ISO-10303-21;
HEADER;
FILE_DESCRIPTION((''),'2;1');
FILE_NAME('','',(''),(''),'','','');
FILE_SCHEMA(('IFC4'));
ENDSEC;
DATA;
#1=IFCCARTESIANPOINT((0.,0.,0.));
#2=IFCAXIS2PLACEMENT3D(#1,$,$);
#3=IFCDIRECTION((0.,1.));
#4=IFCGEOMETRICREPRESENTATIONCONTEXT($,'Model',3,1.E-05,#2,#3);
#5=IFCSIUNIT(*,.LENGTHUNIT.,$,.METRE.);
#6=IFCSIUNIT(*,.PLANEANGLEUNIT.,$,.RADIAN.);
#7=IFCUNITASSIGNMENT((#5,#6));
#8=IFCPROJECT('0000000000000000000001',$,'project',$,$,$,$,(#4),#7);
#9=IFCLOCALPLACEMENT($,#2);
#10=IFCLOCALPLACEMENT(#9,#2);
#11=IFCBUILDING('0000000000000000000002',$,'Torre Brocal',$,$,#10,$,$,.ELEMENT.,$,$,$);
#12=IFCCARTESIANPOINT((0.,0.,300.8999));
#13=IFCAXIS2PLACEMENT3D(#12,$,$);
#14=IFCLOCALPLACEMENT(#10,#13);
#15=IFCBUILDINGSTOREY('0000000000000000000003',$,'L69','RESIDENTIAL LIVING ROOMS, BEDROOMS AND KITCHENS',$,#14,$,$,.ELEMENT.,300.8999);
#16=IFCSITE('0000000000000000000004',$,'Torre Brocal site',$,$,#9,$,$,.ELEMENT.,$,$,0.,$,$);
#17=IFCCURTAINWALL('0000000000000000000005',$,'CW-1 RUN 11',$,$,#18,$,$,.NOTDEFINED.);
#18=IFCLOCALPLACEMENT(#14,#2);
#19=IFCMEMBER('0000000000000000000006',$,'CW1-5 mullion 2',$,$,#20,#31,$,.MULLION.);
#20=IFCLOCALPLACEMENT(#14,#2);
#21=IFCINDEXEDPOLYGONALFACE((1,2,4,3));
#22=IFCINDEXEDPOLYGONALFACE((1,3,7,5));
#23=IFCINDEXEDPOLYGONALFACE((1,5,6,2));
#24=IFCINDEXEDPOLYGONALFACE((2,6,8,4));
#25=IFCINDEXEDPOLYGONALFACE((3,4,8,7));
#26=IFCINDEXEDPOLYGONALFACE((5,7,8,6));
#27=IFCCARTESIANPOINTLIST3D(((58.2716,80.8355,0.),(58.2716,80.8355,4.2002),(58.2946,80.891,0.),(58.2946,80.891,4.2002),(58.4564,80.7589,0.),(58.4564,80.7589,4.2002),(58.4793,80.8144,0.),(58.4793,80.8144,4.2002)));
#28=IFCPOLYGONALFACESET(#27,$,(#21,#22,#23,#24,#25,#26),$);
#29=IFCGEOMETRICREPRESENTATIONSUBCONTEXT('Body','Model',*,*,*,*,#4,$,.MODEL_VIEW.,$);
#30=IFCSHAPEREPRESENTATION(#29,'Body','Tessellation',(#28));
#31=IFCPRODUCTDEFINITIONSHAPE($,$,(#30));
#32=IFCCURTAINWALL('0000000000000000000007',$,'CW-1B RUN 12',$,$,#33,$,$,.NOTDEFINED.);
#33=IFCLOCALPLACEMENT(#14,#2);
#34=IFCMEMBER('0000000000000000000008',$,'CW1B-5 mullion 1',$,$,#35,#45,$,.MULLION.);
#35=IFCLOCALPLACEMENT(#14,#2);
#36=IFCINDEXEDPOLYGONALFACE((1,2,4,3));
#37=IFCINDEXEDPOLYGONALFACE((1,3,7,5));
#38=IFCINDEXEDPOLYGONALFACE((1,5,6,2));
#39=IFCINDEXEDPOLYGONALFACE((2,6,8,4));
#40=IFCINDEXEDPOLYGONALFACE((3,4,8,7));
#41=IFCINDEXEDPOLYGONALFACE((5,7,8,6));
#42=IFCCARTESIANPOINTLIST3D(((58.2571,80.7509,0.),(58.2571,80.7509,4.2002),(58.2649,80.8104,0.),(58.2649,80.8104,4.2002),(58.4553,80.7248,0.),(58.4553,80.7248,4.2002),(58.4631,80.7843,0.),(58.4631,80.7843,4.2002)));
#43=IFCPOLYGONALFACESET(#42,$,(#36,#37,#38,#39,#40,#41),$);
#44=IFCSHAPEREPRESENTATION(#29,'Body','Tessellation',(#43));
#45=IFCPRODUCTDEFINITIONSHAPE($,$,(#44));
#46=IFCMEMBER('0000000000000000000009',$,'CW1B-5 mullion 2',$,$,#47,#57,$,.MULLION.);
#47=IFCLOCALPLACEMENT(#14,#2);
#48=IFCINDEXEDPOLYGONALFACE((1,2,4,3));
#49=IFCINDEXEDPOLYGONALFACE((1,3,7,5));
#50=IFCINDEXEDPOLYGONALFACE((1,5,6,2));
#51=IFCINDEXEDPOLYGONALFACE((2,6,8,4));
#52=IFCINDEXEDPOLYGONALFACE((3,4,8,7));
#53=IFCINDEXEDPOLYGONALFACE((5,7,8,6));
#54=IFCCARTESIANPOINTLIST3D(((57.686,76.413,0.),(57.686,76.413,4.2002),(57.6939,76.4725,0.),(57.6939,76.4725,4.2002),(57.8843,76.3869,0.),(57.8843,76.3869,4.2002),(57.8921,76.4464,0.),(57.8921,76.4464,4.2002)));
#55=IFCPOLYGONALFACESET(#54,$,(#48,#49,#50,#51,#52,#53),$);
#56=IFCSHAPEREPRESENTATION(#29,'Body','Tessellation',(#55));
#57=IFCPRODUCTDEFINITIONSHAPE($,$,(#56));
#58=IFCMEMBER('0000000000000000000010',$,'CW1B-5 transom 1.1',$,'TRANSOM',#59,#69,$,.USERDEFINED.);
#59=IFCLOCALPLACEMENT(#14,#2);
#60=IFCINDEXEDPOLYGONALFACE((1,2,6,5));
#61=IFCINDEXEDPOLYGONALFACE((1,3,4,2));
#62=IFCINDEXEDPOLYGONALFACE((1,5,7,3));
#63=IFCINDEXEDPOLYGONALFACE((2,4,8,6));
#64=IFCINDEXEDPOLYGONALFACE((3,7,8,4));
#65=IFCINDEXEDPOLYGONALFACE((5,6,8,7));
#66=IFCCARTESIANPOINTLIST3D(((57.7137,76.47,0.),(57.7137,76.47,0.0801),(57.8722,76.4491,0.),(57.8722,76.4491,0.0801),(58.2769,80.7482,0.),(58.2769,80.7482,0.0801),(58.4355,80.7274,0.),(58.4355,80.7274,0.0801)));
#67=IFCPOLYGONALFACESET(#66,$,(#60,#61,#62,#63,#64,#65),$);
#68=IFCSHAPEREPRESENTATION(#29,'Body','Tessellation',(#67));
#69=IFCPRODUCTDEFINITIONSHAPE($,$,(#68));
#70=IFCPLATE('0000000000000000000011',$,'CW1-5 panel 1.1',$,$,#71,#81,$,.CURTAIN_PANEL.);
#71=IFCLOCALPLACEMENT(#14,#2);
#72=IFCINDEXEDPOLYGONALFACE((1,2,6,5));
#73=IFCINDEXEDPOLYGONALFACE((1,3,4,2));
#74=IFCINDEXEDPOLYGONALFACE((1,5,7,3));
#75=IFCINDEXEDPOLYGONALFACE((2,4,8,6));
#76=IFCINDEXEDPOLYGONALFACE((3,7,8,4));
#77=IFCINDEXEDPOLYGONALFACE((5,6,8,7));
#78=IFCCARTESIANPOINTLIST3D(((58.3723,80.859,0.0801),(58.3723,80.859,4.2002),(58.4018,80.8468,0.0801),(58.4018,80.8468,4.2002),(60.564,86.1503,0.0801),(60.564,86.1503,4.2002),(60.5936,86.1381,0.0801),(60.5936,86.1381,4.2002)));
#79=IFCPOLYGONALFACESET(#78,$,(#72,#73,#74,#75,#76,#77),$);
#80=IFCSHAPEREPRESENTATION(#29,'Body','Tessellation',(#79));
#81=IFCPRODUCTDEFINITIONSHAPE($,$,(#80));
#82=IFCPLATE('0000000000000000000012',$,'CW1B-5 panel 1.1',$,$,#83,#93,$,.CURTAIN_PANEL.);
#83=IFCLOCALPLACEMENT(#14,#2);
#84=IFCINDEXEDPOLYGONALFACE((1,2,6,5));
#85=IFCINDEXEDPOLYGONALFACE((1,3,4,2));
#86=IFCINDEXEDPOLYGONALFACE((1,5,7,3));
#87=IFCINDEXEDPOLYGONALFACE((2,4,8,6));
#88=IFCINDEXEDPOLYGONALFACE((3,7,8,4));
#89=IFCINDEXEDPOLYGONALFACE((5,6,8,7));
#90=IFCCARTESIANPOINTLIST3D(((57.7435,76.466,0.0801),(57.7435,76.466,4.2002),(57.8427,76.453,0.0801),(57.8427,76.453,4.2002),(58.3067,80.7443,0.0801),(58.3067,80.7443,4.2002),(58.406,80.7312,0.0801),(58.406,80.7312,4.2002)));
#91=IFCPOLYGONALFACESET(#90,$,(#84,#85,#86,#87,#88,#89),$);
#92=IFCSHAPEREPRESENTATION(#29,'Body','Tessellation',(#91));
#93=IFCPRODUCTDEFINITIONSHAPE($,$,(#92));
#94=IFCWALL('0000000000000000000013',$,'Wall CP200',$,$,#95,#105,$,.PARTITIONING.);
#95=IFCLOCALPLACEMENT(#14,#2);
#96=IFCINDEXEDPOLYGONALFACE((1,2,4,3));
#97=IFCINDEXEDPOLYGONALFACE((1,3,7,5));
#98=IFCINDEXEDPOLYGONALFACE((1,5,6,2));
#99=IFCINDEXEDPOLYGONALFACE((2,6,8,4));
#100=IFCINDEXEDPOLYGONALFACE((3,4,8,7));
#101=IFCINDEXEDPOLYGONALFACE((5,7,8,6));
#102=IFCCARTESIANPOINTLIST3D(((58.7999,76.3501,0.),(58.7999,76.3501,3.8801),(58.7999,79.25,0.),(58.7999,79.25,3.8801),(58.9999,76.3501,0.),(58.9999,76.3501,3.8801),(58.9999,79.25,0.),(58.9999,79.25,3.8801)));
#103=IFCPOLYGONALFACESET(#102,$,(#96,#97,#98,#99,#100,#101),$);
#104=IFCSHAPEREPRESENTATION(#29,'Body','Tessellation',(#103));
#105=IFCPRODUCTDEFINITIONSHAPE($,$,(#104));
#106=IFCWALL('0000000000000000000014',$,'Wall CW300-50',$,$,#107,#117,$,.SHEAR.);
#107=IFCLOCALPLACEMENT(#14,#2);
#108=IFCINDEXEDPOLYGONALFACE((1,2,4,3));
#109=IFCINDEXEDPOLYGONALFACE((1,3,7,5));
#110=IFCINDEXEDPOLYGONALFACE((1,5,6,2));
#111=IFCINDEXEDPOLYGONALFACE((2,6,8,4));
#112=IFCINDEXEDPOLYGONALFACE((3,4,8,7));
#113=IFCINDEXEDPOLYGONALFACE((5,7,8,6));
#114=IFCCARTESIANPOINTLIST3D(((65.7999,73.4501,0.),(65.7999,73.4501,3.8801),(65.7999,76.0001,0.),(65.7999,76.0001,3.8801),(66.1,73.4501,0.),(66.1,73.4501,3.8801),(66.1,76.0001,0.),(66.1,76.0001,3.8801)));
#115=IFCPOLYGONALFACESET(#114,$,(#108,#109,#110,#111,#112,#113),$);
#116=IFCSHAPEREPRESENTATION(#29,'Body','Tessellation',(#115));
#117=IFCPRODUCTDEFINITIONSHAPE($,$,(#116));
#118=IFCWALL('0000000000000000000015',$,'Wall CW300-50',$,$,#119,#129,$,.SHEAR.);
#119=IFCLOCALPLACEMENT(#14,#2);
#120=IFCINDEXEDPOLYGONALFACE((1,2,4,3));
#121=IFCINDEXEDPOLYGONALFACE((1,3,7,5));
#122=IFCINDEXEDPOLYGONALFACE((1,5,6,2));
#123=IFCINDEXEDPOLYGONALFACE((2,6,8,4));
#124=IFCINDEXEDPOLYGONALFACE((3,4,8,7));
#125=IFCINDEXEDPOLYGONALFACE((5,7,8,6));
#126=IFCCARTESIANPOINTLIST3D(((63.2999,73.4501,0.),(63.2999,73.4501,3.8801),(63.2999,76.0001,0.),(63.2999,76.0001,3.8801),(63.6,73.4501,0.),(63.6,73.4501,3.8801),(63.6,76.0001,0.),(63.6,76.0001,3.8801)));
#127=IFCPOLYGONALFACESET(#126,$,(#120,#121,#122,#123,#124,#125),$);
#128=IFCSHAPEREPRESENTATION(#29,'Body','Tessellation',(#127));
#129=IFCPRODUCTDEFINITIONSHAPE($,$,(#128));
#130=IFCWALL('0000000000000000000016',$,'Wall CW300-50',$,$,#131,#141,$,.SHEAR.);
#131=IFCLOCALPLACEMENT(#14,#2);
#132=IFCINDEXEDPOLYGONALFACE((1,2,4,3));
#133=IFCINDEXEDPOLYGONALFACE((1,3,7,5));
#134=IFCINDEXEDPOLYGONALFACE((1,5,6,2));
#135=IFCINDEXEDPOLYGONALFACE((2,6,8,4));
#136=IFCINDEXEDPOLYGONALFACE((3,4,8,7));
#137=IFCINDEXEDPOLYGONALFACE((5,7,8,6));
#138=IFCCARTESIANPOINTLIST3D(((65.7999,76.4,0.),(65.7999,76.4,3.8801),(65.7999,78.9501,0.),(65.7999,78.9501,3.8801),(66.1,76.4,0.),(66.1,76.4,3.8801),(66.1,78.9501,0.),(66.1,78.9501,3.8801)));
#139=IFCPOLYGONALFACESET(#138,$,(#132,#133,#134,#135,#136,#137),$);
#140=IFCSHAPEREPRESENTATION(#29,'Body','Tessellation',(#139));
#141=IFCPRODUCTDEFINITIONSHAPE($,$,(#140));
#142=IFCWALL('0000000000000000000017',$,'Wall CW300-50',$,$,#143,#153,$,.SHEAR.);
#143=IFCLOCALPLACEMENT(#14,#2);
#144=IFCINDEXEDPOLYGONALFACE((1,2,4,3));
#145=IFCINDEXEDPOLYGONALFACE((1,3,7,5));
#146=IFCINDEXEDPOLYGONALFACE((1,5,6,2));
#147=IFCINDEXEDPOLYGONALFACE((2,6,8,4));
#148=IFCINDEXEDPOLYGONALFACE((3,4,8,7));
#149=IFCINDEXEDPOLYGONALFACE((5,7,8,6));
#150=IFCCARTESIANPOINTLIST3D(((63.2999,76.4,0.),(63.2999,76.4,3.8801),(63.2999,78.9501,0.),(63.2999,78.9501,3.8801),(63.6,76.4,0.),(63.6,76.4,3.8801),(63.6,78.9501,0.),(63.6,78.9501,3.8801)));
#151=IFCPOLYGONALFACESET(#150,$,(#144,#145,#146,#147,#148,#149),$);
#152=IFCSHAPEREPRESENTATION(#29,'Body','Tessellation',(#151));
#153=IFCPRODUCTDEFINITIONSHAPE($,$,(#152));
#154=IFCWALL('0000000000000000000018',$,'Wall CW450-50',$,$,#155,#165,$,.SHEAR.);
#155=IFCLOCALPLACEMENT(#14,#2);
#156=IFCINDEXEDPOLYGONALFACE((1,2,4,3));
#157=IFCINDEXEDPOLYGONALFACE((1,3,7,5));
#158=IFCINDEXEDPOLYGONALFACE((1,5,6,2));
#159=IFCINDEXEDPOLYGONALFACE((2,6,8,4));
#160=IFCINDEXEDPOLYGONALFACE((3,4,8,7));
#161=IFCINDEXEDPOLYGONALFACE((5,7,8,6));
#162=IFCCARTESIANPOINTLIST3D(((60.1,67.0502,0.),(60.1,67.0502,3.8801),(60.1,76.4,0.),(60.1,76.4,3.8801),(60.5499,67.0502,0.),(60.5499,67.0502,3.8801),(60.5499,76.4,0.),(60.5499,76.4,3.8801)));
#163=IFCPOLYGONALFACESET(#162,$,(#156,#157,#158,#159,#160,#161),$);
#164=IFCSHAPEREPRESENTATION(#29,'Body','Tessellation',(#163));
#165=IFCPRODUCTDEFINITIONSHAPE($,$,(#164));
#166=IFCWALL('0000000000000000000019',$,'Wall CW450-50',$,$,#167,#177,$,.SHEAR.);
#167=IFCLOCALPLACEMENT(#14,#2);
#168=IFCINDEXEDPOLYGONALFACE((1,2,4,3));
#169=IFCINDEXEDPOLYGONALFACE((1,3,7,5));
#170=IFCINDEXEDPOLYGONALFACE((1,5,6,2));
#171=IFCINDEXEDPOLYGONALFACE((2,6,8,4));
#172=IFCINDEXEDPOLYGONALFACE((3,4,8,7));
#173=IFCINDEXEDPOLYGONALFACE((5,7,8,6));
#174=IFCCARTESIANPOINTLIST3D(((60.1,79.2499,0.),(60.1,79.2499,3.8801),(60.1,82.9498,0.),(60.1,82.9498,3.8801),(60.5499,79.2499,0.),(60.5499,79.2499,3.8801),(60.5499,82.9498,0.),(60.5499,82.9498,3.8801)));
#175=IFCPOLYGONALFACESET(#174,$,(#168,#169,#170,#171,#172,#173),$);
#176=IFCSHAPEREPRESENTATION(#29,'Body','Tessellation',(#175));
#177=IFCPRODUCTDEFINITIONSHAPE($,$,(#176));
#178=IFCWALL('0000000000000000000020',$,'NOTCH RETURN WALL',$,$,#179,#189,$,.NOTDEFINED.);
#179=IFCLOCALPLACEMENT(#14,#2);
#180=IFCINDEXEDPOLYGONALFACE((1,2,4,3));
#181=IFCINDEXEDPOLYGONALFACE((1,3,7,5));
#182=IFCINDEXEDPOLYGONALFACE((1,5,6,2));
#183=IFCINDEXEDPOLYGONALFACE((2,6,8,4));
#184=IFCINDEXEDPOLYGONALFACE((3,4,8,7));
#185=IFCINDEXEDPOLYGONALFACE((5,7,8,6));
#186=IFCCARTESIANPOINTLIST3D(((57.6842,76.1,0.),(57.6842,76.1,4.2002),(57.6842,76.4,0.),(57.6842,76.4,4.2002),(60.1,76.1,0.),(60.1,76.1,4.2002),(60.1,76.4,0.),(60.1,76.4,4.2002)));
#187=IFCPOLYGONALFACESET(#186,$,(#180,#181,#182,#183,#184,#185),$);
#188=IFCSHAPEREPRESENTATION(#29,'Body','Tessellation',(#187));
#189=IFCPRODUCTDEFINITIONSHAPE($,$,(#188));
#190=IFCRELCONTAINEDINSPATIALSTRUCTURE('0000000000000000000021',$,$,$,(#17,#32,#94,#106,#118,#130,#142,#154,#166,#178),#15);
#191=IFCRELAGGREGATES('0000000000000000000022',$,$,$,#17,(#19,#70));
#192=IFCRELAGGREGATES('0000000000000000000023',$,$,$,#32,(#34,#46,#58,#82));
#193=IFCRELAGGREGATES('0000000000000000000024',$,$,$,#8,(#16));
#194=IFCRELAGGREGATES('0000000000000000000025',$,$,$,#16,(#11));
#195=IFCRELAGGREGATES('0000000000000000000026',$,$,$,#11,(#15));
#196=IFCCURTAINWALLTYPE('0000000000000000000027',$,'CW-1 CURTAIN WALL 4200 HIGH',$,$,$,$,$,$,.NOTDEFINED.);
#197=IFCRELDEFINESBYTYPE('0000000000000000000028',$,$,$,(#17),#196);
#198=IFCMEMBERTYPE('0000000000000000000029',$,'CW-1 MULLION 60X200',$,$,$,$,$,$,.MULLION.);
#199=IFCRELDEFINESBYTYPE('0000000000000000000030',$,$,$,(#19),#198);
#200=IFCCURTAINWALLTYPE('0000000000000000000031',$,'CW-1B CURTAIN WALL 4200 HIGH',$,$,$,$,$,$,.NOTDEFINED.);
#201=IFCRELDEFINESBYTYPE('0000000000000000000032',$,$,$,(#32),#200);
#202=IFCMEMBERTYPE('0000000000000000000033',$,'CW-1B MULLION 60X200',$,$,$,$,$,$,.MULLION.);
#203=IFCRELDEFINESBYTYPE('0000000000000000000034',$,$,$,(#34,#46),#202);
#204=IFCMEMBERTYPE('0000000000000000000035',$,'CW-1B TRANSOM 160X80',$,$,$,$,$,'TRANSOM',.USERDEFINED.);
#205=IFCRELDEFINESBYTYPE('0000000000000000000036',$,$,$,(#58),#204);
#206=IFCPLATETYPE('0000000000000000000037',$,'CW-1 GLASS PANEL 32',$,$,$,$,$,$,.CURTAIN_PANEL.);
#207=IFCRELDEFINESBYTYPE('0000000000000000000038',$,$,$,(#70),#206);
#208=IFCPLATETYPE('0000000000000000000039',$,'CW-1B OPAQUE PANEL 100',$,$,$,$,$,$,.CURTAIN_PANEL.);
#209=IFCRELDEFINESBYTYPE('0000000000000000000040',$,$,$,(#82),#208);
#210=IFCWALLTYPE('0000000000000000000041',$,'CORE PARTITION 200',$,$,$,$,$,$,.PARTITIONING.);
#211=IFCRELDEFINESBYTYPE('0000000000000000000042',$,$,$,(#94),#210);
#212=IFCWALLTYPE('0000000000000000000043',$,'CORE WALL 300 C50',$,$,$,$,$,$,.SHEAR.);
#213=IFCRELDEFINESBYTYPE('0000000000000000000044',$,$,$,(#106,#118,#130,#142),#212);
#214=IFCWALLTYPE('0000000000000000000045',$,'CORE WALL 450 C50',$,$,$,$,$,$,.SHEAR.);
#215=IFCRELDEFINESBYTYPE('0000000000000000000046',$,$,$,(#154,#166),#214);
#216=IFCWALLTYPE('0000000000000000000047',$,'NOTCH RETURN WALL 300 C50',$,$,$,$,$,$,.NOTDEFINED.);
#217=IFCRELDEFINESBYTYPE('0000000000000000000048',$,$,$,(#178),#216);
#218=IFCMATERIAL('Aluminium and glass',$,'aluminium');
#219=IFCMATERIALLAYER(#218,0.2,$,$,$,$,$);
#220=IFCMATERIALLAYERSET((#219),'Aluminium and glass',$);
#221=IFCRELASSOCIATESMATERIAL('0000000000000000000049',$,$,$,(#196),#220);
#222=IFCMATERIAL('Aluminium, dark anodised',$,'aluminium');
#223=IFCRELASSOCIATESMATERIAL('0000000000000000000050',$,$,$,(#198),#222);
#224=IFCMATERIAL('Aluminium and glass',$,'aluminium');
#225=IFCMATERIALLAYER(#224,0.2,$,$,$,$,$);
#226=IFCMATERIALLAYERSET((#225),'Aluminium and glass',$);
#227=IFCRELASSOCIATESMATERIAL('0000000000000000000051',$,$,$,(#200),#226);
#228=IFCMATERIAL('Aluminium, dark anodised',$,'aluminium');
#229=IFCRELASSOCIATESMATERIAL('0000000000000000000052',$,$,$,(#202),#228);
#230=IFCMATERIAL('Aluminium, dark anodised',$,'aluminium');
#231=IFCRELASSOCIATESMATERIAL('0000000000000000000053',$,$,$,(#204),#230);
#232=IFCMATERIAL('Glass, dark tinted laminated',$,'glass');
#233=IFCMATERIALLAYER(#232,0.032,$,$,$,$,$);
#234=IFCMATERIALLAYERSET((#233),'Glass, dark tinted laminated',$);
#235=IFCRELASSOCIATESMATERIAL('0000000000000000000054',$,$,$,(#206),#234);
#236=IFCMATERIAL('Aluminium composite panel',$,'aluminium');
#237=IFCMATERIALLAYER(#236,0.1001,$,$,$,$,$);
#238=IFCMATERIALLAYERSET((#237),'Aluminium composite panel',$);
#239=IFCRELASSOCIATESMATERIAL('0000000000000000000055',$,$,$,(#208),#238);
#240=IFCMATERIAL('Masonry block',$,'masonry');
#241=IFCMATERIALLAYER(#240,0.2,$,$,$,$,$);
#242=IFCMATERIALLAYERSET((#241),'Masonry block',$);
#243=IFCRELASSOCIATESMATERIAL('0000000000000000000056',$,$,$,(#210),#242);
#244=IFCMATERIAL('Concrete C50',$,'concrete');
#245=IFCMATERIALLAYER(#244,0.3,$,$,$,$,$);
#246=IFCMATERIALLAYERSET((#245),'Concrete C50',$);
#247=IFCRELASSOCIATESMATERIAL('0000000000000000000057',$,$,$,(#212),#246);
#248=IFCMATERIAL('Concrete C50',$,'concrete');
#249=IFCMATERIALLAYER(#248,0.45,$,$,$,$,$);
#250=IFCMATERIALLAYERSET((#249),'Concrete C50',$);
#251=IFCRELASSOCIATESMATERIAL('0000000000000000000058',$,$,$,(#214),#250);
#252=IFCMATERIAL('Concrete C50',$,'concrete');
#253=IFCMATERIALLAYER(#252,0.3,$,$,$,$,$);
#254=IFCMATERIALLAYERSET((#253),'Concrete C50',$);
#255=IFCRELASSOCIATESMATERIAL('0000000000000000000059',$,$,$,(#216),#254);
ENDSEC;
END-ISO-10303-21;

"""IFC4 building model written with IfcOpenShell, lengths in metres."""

from ifc_helpers import new_model, si_unit, direction, frame, frame_2d, origin, origin_2d, place, context, subcontext, project, spatial, rectangle, extrude, material, layer, layer_set, material_profile, profile_set, type_object, element, aggregate, save


model = new_model("IFC4")

# Units and contexts
model_context = context("Model", 3, precision=1e-05, world=origin(), true_north=direction((0.0, 1.0)))
body_context = subcontext(model_context, "Body", "Model", "MODEL_VIEW")
ifc_project = project(units=[si_unit("LENGTHUNIT", "METRE"), si_unit("PLANEANGLEUNIT", "RADIAN")], contexts=[model_context])

# Site, building, storey
site_placement = place(None, origin())
site = spatial("IfcSite", under=ifc_project, at=site_placement, Name="Torre Brocal site", CompositionType="ELEMENT", RefElevation=0.0)
building_placement = place(site_placement, origin())
building = spatial("IfcBuilding", under=site, at=building_placement, Name="Torre Brocal", CompositionType="ELEMENT")
storey_placement = place(building_placement, frame((0.0, 0.0, 300.8999)))
storey = spatial("IfcBuildingStorey", under=building, at=storey_placement, Name="L69", Description="RESIDENTIAL LIVING ROOMS, BEDROOMS AND KITCHENS", CompositionType="ELEMENT", Elevation=300.8999)

# Curtain wall, member
ifc_material_1 = material(Name="Aluminium and glass", Category="aluminium")
ifc_layer_1 = layer(ifc_material_1, 0.2)
ifc_layer_set_1 = layer_set([ifc_layer_1], Name="Aluminium and glass")
curtain_wall_type_1 = type_object("IfcCurtainWallType", Name="CW-1 CURTAIN WALL 4200 HIGH", PredefinedType="NOTDEFINED", material=ifc_layer_set_1)
curtain_wall_1_placement = place(storey_placement, origin())
curtain_wall_1 = element("IfcCurtainWall", 1, at=curtain_wall_1_placement, inside=storey, type_object=curtain_wall_type_1, Name="CW-1 RUN 11", PredefinedType="NOTDEFINED")
ifc_material_2 = material(Name="Aluminium, dark anodised", Category="aluminium")
ifc_material_profile_1 = material_profile(ifc_material_2, rectangle(XDim=0.2, YDim=0.0601, at=origin_2d()), Name="CW-1 MULLION 60X200")
ifc_profile_set_1 = profile_set([ifc_material_profile_1], Name="Aluminium, dark anodised")
member_type_1 = type_object("IfcMemberType", Name="CW-1 MULLION 60X200", PredefinedType="MULLION", material=ifc_profile_set_1)
member_1_placement = place(storey_placement, frame((58.3755, 80.825, 0.0), z_axis=(0.0, 0.0, 1.0), x_axis=(0.92388, -0.382683, 0.0)))
member_1 = element("IfcMember", 2, at=member_1_placement, type_object=member_type_1, Name="CW1-5 mullion 2", PredefinedType="MULLION", context=body_context, shape_type="SweptSolid", body=[
    extrude(rectangle(XDim=0.2, YDim=0.0601, at=origin_2d()), origin(), (0.0, 0.0, 1.0), 4.2002),
])

# Curtain wall, members
ifc_material_3 = material(Name="Aluminium and glass", Category="aluminium")
ifc_layer_2 = layer(ifc_material_3, 0.2)
ifc_layer_set_2 = layer_set([ifc_layer_2], Name="Aluminium and glass")
curtain_wall_type_2 = type_object("IfcCurtainWallType", Name="CW-1B CURTAIN WALL 4200 HIGH", PredefinedType="NOTDEFINED", material=ifc_layer_set_2)
curtain_wall_2_placement = place(storey_placement, origin())
curtain_wall_2 = element("IfcCurtainWall", 3, at=curtain_wall_2_placement, inside=storey, type_object=curtain_wall_type_2, Name="CW-1B RUN 12", PredefinedType="NOTDEFINED")
ifc_material_4 = material(Name="Aluminium, dark anodised", Category="aluminium")
ifc_material_profile_2 = material_profile(ifc_material_4, rectangle(XDim=0.2, YDim=0.0601, at=origin_2d()), Name="CW-1B MULLION 60X200")
ifc_profile_set_2 = profile_set([ifc_material_profile_2], Name="Aluminium, dark anodised")
member_type_2 = type_object("IfcMemberType", Name="CW-1B MULLION 60X200", PredefinedType="MULLION", material=ifc_profile_set_2)
member_2_placement = place(storey_placement, frame((58.3601, 80.7676, 0.0), z_axis=(0.0, 0.0, 1.0), x_axis=(0.991445, -0.130526, 0.0)))
member_2 = element("IfcMember", 4, at=member_2_placement, type_object=member_type_2, Name="CW1B-5 mullion 1", PredefinedType="MULLION", context=body_context, shape_type="SweptSolid", body=[
    extrude(rectangle(XDim=0.2, YDim=0.0601, at=origin_2d()), origin(), (0.0, 0.0, 1.0), 4.2002),
])
member_3_placement = place(storey_placement, frame((57.7891, 76.4297, 0.0), z_axis=(0.0, 0.0, 1.0), x_axis=(0.991445, -0.130526, 0.0)))
member_3 = element("IfcMember", 5, at=member_3_placement, type_object=member_type_2, Name="CW1B-5 mullion 2", PredefinedType="MULLION", context=body_context, shape_type="SweptSolid", body=[
    extrude(rectangle(XDim=0.2, YDim=0.0601, at=origin_2d()), origin(), (0.0, 0.0, 1.0), 4.2002),
])
ifc_material_5 = material(Name="Aluminium, dark anodised", Category="aluminium")
ifc_material_profile_3 = material_profile(ifc_material_5, rectangle(XDim=0.1599, YDim=0.0801, at=origin_2d()), Name="CW-1B TRANSOM 160X80")
ifc_profile_set_3 = profile_set([ifc_material_profile_3], Name="Aluminium, dark anodised")
member_type_3 = type_object("IfcMemberType", Name="CW-1B TRANSOM 160X80", ElementType="TRANSOM", PredefinedType="USERDEFINED", material=ifc_profile_set_3)
member_4_placement = place(storey_placement, frame((58.3562, 80.7378, 0.04), z_axis=(-0.130522, -0.991445, 0.0), x_axis=(0.991445, -0.130522, 0.0)))
member_4 = element("IfcMember", 6, at=member_4_placement, type_object=member_type_3, Name="CW1B-5 transom 1.1", ObjectType="TRANSOM", PredefinedType="USERDEFINED", context=body_context, shape_type="SweptSolid", body=[
    extrude(rectangle(XDim=0.1599, YDim=0.0801, at=origin_2d()), origin(), (0.0, 0.0, 1.0), 4.3152),
])

# Plates
ifc_material_6 = material(Name="Glass, dark tinted laminated", Category="glass")
ifc_layer_3 = layer(ifc_material_6, 0.032)
ifc_layer_set_3 = layer_set([ifc_layer_3], Name="Glass, dark tinted laminated")
plate_type_1 = type_object("IfcPlateType", Name="CW-1 GLASS PANEL 32", PredefinedType="CURTAIN_PANEL", material=ifc_layer_set_3)
plate_1_placement = place(storey_placement, frame((59.4829, 83.4985, 0.0801), z_axis=(0.0, 0.0, 1.0), x_axis=(-0.382683, -0.92388, 0.0)))
plate_1 = element("IfcPlate", 7, at=plate_1_placement, type_object=plate_type_1, Name="CW1-5 panel 1.1", PredefinedType="CURTAIN_PANEL", context=body_context, shape_type="SweptSolid", body=[
    extrude(rectangle(XDim=5.7273, YDim=0.032, at=origin_2d()), origin(), (0.0, 0.0, 1.0), 4.1201),
])
aggregate(curtain_wall_1, [member_1, plate_1])
ifc_material_7 = material(Name="Aluminium composite panel", Category="aluminium")
ifc_layer_4 = layer(ifc_material_7, 0.1001)
ifc_layer_set_4 = layer_set([ifc_layer_4], Name="Aluminium composite panel")
plate_type_2 = type_object("IfcPlateType", Name="CW-1B OPAQUE PANEL 100", PredefinedType="CURTAIN_PANEL", material=ifc_layer_set_4)
plate_2_placement = place(storey_placement, frame((58.0747, 78.5986, 0.0801), z_axis=(0.0, 0.0, 1.0), x_axis=(-0.130526, -0.991445, 0.0)))
plate_2 = element("IfcPlate", 8, at=plate_2_placement, type_object=plate_type_2, Name="CW1B-5 panel 1.1", PredefinedType="CURTAIN_PANEL", context=body_context, shape_type="SweptSolid", body=[
    extrude(rectangle(XDim=4.3152, YDim=0.1001, at=origin_2d()), origin(), (0.0, 0.0, 1.0), 4.1201),
])
aggregate(curtain_wall_2, [member_2, member_3, member_4, plate_2])

# Walls
ifc_material_8 = material(Name="Masonry block", Category="masonry")
ifc_layer_5 = layer(ifc_material_8, 0.2)
ifc_layer_set_5 = layer_set([ifc_layer_5], Name="Masonry block")
wall_type_1 = type_object("IfcWallType", Name="CORE PARTITION 200", PredefinedType="PARTITIONING", material=ifc_layer_set_5)
wall_1_placement = place(storey_placement, frame((58.8999, 79.25, 0.0), z_axis=(0.0, 0.0, 1.0), x_axis=(0.0, -1.0, 0.0)))
element("IfcWall", 9, at=wall_1_placement, inside=storey, type_object=wall_type_1, Name="Wall CP200", PredefinedType="PARTITIONING", context=body_context, shape_type="SweptSolid", body=[
    extrude(rectangle(XDim=2.8999, YDim=0.2, at=frame_2d((1.45, 0.0))), origin(), (0.0, 0.0, 1.0), 3.8801),
])
ifc_material_9 = material(Name="Concrete C50", Category="concrete")
ifc_layer_6 = layer(ifc_material_9, 0.3)
ifc_layer_set_6 = layer_set([ifc_layer_6], Name="Concrete C50")
wall_type_2 = type_object("IfcWallType", Name="CORE WALL 300 C50", PredefinedType="SHEAR", material=ifc_layer_set_6)
for number, where, z_axis, x_axis, name in (
    (10, (65.95, 76.0, 0.0), (0.0, 0.0, 1.0), (0.0, -1.0, 0.0), "Wall CW300-50"),
    (11, (63.45, 76.0, 0.0), (0.0, 0.0, 1.0), (0.0, -1.0, 0.0), "Wall CW300-50"),
    (12, (65.95, 78.95, 0.0), (0.0, 0.0, 1.0), (0.0, -1.0, 0.0), "Wall CW300-50"),
    (13, (63.45, 78.95, 0.0), (0.0, 0.0, 1.0), (0.0, -1.0, 0.0), "Wall CW300-50"),
):
    element("IfcWall", number, at=place(storey_placement, frame(where, z_axis=z_axis, x_axis=x_axis)), inside=storey, type_object=wall_type_2, Name=name, PredefinedType="SHEAR", context=body_context, shape_type="SweptSolid", body=[
        extrude(rectangle(XDim=2.55, YDim=0.3, at=frame_2d((1.2749, 0.0))), origin(), (0.0, 0.0, 1.0), 3.8801),
    ])
ifc_material_10 = material(Name="Concrete C50", Category="concrete")
ifc_layer_7 = layer(ifc_material_10, 0.45)
ifc_layer_set_7 = layer_set([ifc_layer_7], Name="Concrete C50")
wall_type_3 = type_object("IfcWallType", Name="CORE WALL 450 C50", PredefinedType="SHEAR", material=ifc_layer_set_7)
wall_2_placement = place(storey_placement, frame((60.325, 76.3999, 0.0), z_axis=(0.0, 0.0, 1.0), x_axis=(0.0, -1.0, 0.0)))
element("IfcWall", 14, at=wall_2_placement, inside=storey, type_object=wall_type_3, Name="Wall CW450-50", PredefinedType="SHEAR", context=body_context, shape_type="SweptSolid", body=[
    extrude(rectangle(XDim=9.3499, YDim=0.45, at=frame_2d((4.6748, 0.0))), origin(), (0.0, 0.0, 1.0), 3.8801),
])
wall_3_placement = place(storey_placement, frame((60.325, 82.95, 0.0), z_axis=(0.0, 0.0, 1.0), x_axis=(0.0, -1.0, 0.0)))
element("IfcWall", 15, at=wall_3_placement, inside=storey, type_object=wall_type_3, Name="Wall CW450-50", PredefinedType="SHEAR", context=body_context, shape_type="SweptSolid", body=[
    extrude(rectangle(XDim=3.7, YDim=0.45, at=frame_2d((1.8501, 0.0))), origin(), (0.0, 0.0, 1.0), 3.8801),
])
ifc_material_11 = material(Name="Concrete C50", Category="concrete")
ifc_layer_8 = layer(ifc_material_11, 0.3)
ifc_layer_set_8 = layer_set([ifc_layer_8], Name="Concrete C50")
wall_type_4 = type_object("IfcWallType", Name="NOTCH RETURN WALL 300 C50", PredefinedType="NOTDEFINED", material=ifc_layer_set_8)
wall_4_placement = place(storey_placement, frame((60.1001, 76.25, 0.0), z_axis=(0.0, 0.0, 1.0), x_axis=(-1.0, 0.0, 0.0)))
element("IfcWall", 16, at=wall_4_placement, inside=storey, type_object=wall_type_4, Name="NOTCH RETURN WALL", PredefinedType="NOTDEFINED", context=body_context, shape_type="SweptSolid", body=[
    extrude(rectangle(XDim=2.4158, YDim=0.3, at=frame_2d((1.208, 0.0))), origin(), (0.0, 0.0, 1.0), 4.2002),
])

save(model, "model.ifc")
